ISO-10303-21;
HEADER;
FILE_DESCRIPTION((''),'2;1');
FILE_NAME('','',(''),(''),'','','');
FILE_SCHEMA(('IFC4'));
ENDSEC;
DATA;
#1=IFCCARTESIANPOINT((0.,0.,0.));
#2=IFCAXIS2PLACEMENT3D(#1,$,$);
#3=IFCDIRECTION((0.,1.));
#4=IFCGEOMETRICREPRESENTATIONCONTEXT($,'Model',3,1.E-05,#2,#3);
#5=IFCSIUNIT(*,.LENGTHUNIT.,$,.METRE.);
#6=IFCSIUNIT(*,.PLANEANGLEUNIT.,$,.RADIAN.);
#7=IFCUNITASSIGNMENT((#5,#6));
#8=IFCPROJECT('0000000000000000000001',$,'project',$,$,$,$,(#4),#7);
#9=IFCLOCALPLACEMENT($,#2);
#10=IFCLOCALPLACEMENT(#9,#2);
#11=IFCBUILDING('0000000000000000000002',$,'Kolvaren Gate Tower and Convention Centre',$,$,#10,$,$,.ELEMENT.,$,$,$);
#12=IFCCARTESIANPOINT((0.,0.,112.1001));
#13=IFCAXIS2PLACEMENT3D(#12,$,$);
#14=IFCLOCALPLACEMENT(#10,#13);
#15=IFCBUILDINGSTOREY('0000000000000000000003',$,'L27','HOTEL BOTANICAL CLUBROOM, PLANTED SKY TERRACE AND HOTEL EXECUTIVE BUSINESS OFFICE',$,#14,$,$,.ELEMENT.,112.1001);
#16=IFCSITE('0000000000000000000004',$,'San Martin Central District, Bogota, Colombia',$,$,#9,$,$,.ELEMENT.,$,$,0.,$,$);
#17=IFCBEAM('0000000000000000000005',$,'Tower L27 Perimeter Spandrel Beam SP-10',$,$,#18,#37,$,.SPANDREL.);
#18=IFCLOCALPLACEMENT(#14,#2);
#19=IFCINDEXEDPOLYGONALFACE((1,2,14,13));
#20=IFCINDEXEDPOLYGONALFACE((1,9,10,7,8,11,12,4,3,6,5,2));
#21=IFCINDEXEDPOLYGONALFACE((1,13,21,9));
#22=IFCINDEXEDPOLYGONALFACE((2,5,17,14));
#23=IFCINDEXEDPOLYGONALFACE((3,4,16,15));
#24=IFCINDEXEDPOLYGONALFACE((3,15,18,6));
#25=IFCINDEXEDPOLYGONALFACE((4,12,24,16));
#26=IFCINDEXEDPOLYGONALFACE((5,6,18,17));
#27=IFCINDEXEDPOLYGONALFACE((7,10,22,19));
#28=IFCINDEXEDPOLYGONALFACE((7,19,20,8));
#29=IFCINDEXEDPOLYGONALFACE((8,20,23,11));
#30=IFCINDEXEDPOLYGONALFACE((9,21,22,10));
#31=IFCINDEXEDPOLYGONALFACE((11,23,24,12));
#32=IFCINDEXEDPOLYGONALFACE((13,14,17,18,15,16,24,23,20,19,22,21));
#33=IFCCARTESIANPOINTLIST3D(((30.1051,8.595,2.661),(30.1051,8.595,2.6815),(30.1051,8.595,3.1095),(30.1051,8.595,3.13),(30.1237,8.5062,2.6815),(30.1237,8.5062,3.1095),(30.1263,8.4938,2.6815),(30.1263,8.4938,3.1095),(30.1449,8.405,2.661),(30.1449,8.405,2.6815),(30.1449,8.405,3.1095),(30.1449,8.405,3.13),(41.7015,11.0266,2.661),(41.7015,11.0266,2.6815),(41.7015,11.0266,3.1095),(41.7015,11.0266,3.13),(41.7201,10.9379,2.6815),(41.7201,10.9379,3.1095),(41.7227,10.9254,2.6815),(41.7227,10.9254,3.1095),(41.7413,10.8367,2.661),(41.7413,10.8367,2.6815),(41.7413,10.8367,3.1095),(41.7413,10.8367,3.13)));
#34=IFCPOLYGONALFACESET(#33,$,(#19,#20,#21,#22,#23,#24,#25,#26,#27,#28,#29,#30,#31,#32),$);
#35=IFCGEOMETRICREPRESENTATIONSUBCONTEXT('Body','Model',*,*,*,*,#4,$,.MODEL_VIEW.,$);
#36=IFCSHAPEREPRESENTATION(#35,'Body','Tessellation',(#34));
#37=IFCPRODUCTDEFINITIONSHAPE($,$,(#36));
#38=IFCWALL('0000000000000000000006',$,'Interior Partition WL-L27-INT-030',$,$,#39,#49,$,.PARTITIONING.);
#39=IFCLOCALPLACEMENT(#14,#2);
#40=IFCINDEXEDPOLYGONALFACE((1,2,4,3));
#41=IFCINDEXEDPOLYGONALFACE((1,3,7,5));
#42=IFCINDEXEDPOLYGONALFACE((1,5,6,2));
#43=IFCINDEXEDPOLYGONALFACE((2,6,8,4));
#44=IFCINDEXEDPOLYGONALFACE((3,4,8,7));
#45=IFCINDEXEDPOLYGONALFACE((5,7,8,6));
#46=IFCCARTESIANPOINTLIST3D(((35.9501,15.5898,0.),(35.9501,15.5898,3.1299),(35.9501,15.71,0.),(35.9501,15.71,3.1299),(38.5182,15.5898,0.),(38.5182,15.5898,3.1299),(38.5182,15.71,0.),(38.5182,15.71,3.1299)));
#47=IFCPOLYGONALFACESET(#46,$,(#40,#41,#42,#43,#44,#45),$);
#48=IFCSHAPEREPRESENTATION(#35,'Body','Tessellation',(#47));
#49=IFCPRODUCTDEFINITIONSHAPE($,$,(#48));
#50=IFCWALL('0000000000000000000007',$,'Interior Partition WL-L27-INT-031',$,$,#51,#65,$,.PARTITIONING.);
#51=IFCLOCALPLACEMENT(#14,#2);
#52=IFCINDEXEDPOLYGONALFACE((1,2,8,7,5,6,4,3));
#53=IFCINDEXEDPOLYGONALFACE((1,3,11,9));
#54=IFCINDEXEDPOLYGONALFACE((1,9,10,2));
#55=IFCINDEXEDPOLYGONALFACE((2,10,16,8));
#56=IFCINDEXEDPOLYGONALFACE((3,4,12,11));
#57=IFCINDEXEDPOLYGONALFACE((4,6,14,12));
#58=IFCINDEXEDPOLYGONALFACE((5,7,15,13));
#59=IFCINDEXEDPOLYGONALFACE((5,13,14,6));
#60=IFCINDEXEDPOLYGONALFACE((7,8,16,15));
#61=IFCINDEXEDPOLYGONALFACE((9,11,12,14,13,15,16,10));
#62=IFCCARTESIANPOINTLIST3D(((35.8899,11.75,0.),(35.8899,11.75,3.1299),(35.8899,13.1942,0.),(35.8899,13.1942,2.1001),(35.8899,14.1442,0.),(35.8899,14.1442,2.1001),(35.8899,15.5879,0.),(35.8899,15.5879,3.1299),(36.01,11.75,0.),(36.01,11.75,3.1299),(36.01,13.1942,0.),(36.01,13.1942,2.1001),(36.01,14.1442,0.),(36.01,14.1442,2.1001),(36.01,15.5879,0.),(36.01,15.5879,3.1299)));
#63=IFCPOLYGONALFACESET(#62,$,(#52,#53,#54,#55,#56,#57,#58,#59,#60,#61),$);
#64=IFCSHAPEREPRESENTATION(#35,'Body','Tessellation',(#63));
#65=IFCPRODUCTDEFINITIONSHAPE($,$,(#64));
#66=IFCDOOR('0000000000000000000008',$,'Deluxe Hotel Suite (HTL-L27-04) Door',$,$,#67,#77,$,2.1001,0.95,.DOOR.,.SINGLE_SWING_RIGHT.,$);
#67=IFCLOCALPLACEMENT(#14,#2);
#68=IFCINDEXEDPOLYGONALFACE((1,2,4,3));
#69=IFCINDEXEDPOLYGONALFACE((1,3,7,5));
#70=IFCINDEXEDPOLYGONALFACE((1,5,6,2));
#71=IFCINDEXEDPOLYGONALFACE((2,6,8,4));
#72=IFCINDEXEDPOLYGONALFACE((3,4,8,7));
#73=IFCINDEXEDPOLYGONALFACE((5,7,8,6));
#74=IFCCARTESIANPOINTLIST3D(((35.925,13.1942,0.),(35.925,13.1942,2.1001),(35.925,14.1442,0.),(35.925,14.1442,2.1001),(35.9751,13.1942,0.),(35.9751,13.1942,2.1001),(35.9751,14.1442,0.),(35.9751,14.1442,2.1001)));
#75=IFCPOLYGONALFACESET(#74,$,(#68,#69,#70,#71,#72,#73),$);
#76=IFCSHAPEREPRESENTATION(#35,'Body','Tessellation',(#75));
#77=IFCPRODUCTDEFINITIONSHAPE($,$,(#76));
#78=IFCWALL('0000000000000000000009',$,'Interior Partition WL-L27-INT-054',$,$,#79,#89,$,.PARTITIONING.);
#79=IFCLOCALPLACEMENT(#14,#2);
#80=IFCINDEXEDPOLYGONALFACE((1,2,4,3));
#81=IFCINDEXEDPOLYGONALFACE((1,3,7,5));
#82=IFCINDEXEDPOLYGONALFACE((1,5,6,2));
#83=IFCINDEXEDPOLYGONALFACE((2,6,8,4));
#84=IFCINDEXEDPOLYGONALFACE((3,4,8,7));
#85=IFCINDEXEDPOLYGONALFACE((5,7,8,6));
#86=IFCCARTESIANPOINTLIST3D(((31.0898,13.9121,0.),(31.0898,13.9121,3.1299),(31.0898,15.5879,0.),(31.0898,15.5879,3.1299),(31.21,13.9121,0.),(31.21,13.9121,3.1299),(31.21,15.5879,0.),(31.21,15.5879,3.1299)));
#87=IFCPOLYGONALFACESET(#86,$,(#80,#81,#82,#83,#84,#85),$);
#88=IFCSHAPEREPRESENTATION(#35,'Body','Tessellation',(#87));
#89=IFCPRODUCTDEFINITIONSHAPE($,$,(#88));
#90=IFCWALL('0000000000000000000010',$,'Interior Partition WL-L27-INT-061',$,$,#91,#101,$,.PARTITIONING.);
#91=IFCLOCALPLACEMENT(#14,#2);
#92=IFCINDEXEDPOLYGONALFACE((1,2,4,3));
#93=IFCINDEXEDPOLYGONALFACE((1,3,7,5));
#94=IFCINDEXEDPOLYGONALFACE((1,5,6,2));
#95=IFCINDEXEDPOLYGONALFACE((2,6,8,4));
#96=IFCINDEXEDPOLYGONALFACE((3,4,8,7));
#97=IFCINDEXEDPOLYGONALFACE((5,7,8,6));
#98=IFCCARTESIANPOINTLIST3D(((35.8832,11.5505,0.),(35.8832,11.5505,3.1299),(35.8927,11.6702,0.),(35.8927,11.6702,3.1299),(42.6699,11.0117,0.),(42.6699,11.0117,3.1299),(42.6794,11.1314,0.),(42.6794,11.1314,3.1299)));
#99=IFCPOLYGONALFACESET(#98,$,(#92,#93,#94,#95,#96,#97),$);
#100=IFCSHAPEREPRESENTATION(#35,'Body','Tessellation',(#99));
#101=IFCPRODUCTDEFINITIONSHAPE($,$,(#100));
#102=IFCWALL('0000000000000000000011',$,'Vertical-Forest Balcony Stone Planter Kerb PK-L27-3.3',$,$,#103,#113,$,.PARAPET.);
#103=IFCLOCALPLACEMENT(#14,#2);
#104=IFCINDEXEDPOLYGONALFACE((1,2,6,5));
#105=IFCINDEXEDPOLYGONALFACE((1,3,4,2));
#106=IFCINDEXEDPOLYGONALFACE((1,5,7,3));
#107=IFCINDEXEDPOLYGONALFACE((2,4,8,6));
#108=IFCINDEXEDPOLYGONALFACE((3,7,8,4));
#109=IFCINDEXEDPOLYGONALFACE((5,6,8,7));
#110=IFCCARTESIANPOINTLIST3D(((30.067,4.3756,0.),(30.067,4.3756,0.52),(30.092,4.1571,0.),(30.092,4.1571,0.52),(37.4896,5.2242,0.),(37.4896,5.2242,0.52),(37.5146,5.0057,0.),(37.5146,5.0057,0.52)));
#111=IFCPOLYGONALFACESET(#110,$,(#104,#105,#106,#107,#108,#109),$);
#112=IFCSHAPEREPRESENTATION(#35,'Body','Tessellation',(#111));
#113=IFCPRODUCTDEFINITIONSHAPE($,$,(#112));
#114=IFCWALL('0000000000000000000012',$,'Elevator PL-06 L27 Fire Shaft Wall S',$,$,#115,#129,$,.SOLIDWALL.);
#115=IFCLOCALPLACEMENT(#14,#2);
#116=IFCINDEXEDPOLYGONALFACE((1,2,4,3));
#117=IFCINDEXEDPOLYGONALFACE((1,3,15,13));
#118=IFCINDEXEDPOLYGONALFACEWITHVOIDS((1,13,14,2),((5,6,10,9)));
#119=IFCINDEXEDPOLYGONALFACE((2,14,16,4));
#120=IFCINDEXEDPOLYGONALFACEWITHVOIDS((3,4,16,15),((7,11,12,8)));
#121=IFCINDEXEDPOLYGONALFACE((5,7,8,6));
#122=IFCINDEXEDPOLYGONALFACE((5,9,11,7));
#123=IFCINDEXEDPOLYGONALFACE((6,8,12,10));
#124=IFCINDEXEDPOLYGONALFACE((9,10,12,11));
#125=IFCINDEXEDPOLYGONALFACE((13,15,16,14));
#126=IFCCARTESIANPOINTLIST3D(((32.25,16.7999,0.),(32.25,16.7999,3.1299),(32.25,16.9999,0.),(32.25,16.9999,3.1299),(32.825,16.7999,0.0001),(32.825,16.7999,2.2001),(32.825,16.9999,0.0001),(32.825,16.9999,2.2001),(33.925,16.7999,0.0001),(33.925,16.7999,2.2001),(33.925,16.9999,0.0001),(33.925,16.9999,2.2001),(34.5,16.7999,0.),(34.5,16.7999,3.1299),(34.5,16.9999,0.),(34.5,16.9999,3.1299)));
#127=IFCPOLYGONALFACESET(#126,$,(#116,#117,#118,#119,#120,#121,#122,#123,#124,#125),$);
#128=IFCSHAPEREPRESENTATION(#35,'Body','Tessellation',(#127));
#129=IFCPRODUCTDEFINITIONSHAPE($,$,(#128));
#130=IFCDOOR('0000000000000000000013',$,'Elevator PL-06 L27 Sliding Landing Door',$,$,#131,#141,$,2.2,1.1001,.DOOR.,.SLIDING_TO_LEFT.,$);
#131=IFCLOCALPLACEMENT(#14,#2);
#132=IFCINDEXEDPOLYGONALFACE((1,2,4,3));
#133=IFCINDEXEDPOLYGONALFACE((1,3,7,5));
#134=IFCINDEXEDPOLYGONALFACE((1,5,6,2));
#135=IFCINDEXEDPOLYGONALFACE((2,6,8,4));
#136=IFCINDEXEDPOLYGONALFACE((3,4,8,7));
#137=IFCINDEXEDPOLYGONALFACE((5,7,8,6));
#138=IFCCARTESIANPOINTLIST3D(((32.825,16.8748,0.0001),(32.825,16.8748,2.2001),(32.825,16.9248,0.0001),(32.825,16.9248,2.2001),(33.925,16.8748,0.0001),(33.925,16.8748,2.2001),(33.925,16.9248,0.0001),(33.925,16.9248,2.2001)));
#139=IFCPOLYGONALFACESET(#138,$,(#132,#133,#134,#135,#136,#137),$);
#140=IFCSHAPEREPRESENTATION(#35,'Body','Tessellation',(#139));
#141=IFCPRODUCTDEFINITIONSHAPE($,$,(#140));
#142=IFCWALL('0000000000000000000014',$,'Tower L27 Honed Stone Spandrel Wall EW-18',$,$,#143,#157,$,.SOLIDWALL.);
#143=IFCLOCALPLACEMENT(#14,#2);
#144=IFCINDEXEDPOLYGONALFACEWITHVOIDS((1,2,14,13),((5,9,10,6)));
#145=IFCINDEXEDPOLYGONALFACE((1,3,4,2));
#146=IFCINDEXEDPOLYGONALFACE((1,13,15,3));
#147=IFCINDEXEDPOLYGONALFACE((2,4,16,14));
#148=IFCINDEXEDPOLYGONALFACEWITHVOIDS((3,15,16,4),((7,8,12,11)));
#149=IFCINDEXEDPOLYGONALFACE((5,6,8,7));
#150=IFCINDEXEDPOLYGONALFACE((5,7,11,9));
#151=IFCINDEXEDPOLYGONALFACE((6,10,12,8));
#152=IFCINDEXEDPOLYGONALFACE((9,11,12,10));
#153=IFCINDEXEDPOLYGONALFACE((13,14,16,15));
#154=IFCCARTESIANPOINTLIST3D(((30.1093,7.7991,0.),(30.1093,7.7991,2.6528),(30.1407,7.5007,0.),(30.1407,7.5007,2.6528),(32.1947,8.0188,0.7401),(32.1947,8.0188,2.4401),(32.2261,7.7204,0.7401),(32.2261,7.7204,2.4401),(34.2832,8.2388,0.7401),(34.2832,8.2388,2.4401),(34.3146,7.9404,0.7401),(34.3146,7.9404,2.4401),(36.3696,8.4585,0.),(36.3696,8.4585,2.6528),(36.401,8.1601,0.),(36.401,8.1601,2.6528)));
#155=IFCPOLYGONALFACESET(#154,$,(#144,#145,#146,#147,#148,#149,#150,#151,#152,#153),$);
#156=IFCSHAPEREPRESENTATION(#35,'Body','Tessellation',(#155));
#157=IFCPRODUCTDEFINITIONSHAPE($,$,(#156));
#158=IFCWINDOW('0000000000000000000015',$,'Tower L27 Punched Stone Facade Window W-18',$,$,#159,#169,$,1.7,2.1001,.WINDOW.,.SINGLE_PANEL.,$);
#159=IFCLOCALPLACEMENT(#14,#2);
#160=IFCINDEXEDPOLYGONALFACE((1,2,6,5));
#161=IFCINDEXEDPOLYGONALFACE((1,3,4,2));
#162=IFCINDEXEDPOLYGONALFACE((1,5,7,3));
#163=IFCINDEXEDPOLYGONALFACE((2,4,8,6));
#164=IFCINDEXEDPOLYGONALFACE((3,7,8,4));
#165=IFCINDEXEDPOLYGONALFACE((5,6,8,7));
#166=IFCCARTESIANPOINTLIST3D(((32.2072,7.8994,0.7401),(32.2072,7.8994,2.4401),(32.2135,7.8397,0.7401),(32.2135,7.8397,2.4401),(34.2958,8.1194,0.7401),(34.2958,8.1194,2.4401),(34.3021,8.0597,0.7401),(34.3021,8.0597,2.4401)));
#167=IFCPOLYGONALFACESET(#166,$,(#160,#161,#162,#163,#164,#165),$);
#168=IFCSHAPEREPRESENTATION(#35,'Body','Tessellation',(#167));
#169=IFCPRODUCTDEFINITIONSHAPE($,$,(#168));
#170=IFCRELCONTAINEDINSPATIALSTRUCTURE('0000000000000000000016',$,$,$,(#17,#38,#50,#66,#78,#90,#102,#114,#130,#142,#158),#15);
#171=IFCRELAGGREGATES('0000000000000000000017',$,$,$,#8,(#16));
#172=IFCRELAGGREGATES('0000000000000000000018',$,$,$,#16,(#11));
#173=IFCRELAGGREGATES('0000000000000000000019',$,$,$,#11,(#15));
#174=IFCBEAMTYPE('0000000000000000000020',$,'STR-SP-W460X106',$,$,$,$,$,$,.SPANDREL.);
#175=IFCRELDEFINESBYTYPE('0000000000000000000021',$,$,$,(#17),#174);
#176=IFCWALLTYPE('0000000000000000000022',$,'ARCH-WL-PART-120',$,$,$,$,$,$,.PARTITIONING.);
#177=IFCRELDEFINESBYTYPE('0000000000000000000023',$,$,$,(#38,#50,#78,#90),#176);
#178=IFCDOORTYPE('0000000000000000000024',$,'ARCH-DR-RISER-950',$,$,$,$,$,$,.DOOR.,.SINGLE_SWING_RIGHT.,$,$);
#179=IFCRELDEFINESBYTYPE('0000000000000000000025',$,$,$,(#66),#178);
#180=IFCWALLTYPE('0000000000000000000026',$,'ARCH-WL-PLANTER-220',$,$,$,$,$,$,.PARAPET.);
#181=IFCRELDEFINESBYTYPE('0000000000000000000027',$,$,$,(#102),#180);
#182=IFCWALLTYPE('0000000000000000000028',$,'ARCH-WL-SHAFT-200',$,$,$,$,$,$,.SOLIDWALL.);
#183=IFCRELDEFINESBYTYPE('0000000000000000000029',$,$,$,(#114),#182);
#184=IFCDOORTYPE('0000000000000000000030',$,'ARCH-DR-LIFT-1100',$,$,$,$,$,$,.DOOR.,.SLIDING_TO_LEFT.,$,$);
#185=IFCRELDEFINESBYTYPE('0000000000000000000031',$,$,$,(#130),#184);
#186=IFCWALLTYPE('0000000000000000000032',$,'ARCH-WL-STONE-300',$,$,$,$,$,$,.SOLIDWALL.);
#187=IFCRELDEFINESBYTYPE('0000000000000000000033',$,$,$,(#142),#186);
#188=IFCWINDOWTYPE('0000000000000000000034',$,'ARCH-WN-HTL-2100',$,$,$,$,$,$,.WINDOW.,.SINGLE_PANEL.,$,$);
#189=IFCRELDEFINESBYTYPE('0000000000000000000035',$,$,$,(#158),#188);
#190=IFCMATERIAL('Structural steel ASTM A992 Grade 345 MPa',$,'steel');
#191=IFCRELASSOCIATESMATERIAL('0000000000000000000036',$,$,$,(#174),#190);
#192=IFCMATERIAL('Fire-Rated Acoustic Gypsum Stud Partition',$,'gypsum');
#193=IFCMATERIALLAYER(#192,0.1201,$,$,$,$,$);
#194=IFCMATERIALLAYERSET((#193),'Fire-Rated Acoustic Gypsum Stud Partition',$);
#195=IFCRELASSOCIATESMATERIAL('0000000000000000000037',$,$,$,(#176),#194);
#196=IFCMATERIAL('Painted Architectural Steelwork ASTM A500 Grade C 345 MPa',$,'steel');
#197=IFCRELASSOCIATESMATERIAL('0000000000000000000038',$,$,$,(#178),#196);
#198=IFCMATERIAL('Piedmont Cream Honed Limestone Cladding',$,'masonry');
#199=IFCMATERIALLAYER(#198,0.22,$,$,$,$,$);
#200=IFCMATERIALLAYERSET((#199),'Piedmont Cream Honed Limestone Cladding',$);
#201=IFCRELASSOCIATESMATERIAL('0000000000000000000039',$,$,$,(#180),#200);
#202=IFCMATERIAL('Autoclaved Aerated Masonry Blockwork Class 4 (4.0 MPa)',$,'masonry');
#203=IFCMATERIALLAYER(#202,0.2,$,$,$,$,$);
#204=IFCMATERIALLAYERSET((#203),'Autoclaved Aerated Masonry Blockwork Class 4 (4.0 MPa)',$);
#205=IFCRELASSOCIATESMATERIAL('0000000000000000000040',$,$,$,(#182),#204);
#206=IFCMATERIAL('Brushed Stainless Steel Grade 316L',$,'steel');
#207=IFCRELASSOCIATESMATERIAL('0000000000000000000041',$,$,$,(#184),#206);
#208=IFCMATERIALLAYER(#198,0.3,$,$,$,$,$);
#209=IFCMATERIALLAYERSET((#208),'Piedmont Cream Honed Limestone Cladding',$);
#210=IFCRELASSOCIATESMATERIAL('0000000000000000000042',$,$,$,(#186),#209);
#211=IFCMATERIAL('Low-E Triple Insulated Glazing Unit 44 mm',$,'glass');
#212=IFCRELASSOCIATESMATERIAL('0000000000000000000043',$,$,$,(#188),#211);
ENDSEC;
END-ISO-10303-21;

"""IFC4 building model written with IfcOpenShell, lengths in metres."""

from ifc_helpers import new_model, si_unit, direction, frame, frame_2d, origin, origin_2d, place, context, subcontext, project, spatial, rectangle, i_section, extrude, material, layer, layer_set, material_profile, profile_set, type_object, element, fill, save


model = new_model("IFC4")

# Units and contexts
model_context = context("Model", 3, precision=1e-05, world=origin(), true_north=direction((0.0, 1.0)))
body_context = subcontext(model_context, "Body", "Model", "MODEL_VIEW")
ifc_project = project(units=[si_unit("LENGTHUNIT", "METRE"), si_unit("PLANEANGLEUNIT", "RADIAN")], contexts=[model_context])

# Site, building, storey
site_placement = place(None, origin())
site = spatial("IfcSite", under=ifc_project, at=site_placement, Name="San Martin Central District, Bogota, Colombia", CompositionType="ELEMENT", RefElevation=0.0)
building_placement = place(site_placement, origin())
building = spatial("IfcBuilding", under=site, at=building_placement, Name="Kolvaren Gate Tower and Convention Centre", CompositionType="ELEMENT")
storey_placement = place(building_placement, frame((0.0, 0.0, 112.1001)))
storey = spatial("IfcBuildingStorey", under=building, at=storey_placement, Name="L27", Description="HOTEL BOTANICAL CLUBROOM, PLANTED SKY TERRACE AND HOTEL EXECUTIVE BUSINESS OFFICE", CompositionType="ELEMENT", Elevation=112.1001)

# Beam
ifc_material_1 = material(Name="Structural steel ASTM A992 Grade 345 MPa", Category="steel")
ifc_material_profile_1 = material_profile(ifc_material_1, i_section(OverallWidth=0.1941, OverallDepth=0.469, WebThickness=0.0127, FlangeThickness=0.0205, at=origin_2d()), Name="W460X106")
ifc_profile_set_1 = profile_set([ifc_material_profile_1], Name="Structural steel ASTM A992 Grade 345 MPa")
beam_type_1 = type_object("IfcBeamType", Name="STR-SP-W460X106", PredefinedType="SPANDREL", material=ifc_profile_set_1)
beam_1_placement = place(storey_placement, frame((30.125, 8.5, 2.8955), z_axis=(0.978715, 0.205225, 0.0), x_axis=(-0.205225, 0.978715, 0.0)))
element("IfcBeam", 1, at=beam_1_placement, inside=storey, type_object=beam_type_1, Name="Tower L27 Perimeter Spandrel Beam SP-10", PredefinedType="SPANDREL", context=body_context, shape_type="SweptSolid", body=[
    extrude(i_section(OverallWidth=0.1941, OverallDepth=0.469, WebThickness=0.0127, FlangeThickness=0.0205, at=origin_2d()), origin(), (0.0, 0.0, 1.0), 11.8486),
])

# Wall
ifc_material_2 = material(Name="Fire-Rated Acoustic Gypsum Stud Partition", Category="gypsum")
ifc_layer_1 = layer(ifc_material_2, 0.1201)
ifc_layer_set_1 = layer_set([ifc_layer_1], Name="Fire-Rated Acoustic Gypsum Stud Partition")
wall_type_1 = type_object("IfcWallType", Name="ARCH-WL-PART-120", PredefinedType="PARTITIONING", material=ifc_layer_set_1)
wall_1_placement = place(storey_placement, frame((35.95, 15.6499, 0.0), z_axis=(0.0, 0.0, 1.0), x_axis=(1.0, 0.0, 0.0)))
element("IfcWall", 2, at=wall_1_placement, inside=storey, type_object=wall_type_1, Name="Interior Partition WL-L27-INT-030", PredefinedType="PARTITIONING", context=body_context, shape_type="SweptSolid", body=[
    extrude(rectangle(XDim=2.5681, YDim=0.1201, at=frame_2d((1.2842, 0.0))), origin(), (0.0, 0.0, 1.0), 3.1299),
])

# Wall, opening, door
wall_2_placement = place(storey_placement, frame((35.95, 11.75, 0.0), z_axis=(0.0, 0.0, 1.0), x_axis=(0.0, 1.0, 0.0)))
wall_2 = element("IfcWall", 3, at=wall_2_placement, inside=storey, type_object=wall_type_1, Name="Interior Partition WL-L27-INT-031", PredefinedType="PARTITIONING", context=body_context, shape_type="SweptSolid", body=[
    extrude(rectangle(XDim=3.8379, YDim=0.1201, at=frame_2d((1.9189, 0.0))), origin(), (0.0, 0.0, 1.0), 3.1299),
])
opening_1_placement = place(wall_2_placement, frame((1.4441, 0.0, 0.0)))
opening_1 = element("IfcOpeningElement", 4, at=opening_1_placement, cuts=wall_2, PredefinedType="OPENING", context=body_context, shape_type="SweptSolid", body=[
    extrude(rectangle(XDim=0.95, YDim=2.1001, at=frame_2d((0.4751, 1.05))), frame((0.0, 0.0701, 0.0), z_axis=(0.0, -1.0, 0.0), x_axis=(1.0, 0.0, 0.0)), (0.0, 0.0, 1.0), 0.1401),
])
ifc_material_3 = material(Name="Painted Architectural Steelwork ASTM A500 Grade C 345 MPa", Category="steel")
door_type_1 = type_object("IfcDoorType", Name="ARCH-DR-RISER-950", OperationType="SINGLE_SWING_RIGHT", PredefinedType="DOOR", material=ifc_material_3)
door_1_placement = place(opening_1_placement, origin())
door_1 = element("IfcDoor", 5, at=door_1_placement, inside=storey, type_object=door_type_1, Name="Deluxe Hotel Suite (HTL-L27-04) Door", OperationType="SINGLE_SWING_RIGHT", OverallHeight=2.1001, OverallWidth=0.95, PredefinedType="DOOR", context=body_context, shape_type="SweptSolid", body=[
    extrude(rectangle(XDim=0.95, YDim=2.1001, at=frame_2d((0.4751, 1.05))), frame((0.0, 0.0249, 0.0), z_axis=(0.0, -1.0, 0.0), x_axis=(1.0, 0.0, 0.0)), (0.0, 0.0, 1.0), 0.05),
])
fill(opening_1, door_1)

# Walls
wall_3_placement = place(storey_placement, frame((31.1499, 13.9121, 0.0), z_axis=(0.0, 0.0, 1.0), x_axis=(0.0, 1.0, 0.0)))
element("IfcWall", 6, at=wall_3_placement, inside=storey, type_object=wall_type_1, Name="Interior Partition WL-L27-INT-054", PredefinedType="PARTITIONING", context=body_context, shape_type="SweptSolid", body=[
    extrude(rectangle(XDim=1.6758, YDim=0.1201, at=frame_2d((0.8379, 0.0))), origin(), (0.0, 0.0, 1.0), 3.1299),
])
wall_4_placement = place(storey_placement, frame((35.8879, 11.6104, 0.0), z_axis=(0.0, 0.0, 1.0), x_axis=(0.996863, -0.079142, 0.0)))
element("IfcWall", 7, at=wall_4_placement, inside=storey, type_object=wall_type_1, Name="Interior Partition WL-L27-INT-061", PredefinedType="PARTITIONING", context=body_context, shape_type="SweptSolid", body=[
    extrude(rectangle(XDim=6.8081, YDim=0.1201, at=frame_2d((3.4041, 0.0))), origin(), (0.0, 0.0, 1.0), 3.1299),
])
ifc_material_4 = material(Name="Piedmont Cream Honed Limestone Cladding", Category="masonry")
ifc_layer_2 = layer(ifc_material_4, 0.22)
ifc_layer_set_2 = layer_set([ifc_layer_2], Name="Piedmont Cream Honed Limestone Cladding")
wall_type_2 = type_object("IfcWallType", Name="ARCH-WL-PLANTER-220", PredefinedType="PARAPET", material=ifc_layer_set_2)
wall_5_placement = place(storey_placement, frame((30.0796, 4.2664, 0.0), z_axis=(0.0, 0.0, 1.0), x_axis=(0.993528, 0.113591, 0.0)))
element("IfcWall", 8, at=wall_5_placement, inside=storey, type_object=wall_type_2, Name="Vertical-Forest Balcony Stone Planter Kerb PK-L27-3.3", PredefinedType="PARAPET", context=body_context, shape_type="SweptSolid", body=[
    extrude(rectangle(XDim=7.4709, YDim=0.22, at=frame_2d((3.7354, 0.0))), origin(), (0.0, 0.0, 1.0), 0.52),
])

# Wall, opening, door
ifc_material_5 = material(Name="Autoclaved Aerated Masonry Blockwork Class 4 (4.0 MPa)", Category="masonry")
ifc_layer_3 = layer(ifc_material_5, 0.2)
ifc_layer_set_3 = layer_set([ifc_layer_3], Name="Autoclaved Aerated Masonry Blockwork Class 4 (4.0 MPa)")
wall_type_3 = type_object("IfcWallType", Name="ARCH-WL-SHAFT-200", PredefinedType="SOLIDWALL", material=ifc_layer_set_3)
wall_6_placement = place(storey_placement, frame((32.25, 16.8999, 0.0), z_axis=(0.0, 0.0, 1.0), x_axis=(1.0, 0.0, 0.0)))
wall_6 = element("IfcWall", 9, at=wall_6_placement, inside=storey, type_object=wall_type_3, Name="Elevator PL-06 L27 Fire Shaft Wall S", PredefinedType="SOLIDWALL", context=body_context, shape_type="SweptSolid", body=[
    extrude(rectangle(XDim=2.25, YDim=0.2, at=frame_2d((1.125, 0.0))), origin(), (0.0, 0.0, 1.0), 3.1299),
])
opening_2_placement = place(wall_6_placement, frame((0.575, 0.0, 0.0)))
opening_2 = element("IfcOpeningElement", 10, at=opening_2_placement, cuts=wall_6, PredefinedType="OPENING", context=body_context, shape_type="SweptSolid", body=[
    extrude(rectangle(XDim=1.1001, YDim=2.2, at=frame_2d((0.55, 1.1001))), frame((0.0, 0.1099, 0.0), z_axis=(0.0, -1.0, 0.0), x_axis=(1.0, 0.0, 0.0)), (0.0, 0.0, 1.0), 0.22),
])
ifc_material_6 = material(Name="Brushed Stainless Steel Grade 316L", Category="steel")
door_type_2 = type_object("IfcDoorType", Name="ARCH-DR-LIFT-1100", OperationType="SLIDING_TO_LEFT", PredefinedType="DOOR", material=ifc_material_6)
door_2_placement = place(opening_2_placement, origin())
door_2 = element("IfcDoor", 11, at=door_2_placement, inside=storey, type_object=door_type_2, Name="Elevator PL-06 L27 Sliding Landing Door", OperationType="SLIDING_TO_LEFT", OverallHeight=2.2, OverallWidth=1.1001, PredefinedType="DOOR", context=body_context, shape_type="SweptSolid", body=[
    extrude(rectangle(XDim=1.1001, YDim=2.2, at=frame_2d((0.55, 1.1001))), frame((0.0, 0.0249, 0.0), z_axis=(0.0, -1.0, 0.0), x_axis=(1.0, 0.0, 0.0)), (0.0, 0.0, 1.0), 0.05),
])
fill(opening_2, door_2)

# Wall, opening, window
ifc_layer_4 = layer(ifc_material_4, 0.3)
ifc_layer_set_4 = layer_set([ifc_layer_4], Name="Piedmont Cream Honed Limestone Cladding")
wall_type_4 = type_object("IfcWallType", Name="ARCH-WL-STONE-300", PredefinedType="SOLIDWALL", material=ifc_layer_set_4)
wall_7_placement = place(storey_placement, frame((30.125, 7.6499, 0.0), z_axis=(0.0, 0.0, 1.0), x_axis=(0.994498, 0.104755, 0.0)))
wall_7 = element("IfcWall", 12, at=wall_7_placement, inside=storey, type_object=wall_type_4, Name="Tower L27 Honed Stone Spandrel Wall EW-18", PredefinedType="SOLIDWALL", context=body_context, shape_type="SweptSolid", body=[
    extrude(rectangle(XDim=6.2949, YDim=0.3, at=frame_2d((3.1475, 0.0))), origin(), (0.0, 0.0, 1.0), 2.6528),
])
opening_3_placement = place(wall_7_placement, frame((2.0969, 0.0, 0.74)))
opening_3 = element("IfcOpeningElement", 13, at=opening_3_placement, cuts=wall_7, PredefinedType="OPENING", context=body_context, shape_type="SweptSolid", body=[
    extrude(rectangle(XDim=2.1001, YDim=1.7, at=frame_2d((1.05, 0.8501))), frame((0.0, 0.1599, 0.0), z_axis=(0.0, -1.0, 0.0), x_axis=(1.0, 0.0, 0.0)), (0.0, 0.0, 1.0), 0.3201),
])
ifc_material_7 = material(Name="Low-E Triple Insulated Glazing Unit 44 mm", Category="glass")
window_type = type_object("IfcWindowType", Name="ARCH-WN-HTL-2100", PartitioningType="SINGLE_PANEL", PredefinedType="WINDOW", material=ifc_material_7)
window_1_placement = place(opening_3_placement, origin())
window_1 = element("IfcWindow", 14, at=window_1_placement, inside=storey, type_object=window_type, Name="Tower L27 Punched Stone Facade Window W-18", OverallHeight=1.7, OverallWidth=2.1001, PartitioningType="SINGLE_PANEL", PredefinedType="WINDOW", context=body_context, shape_type="SweptSolid", body=[
    extrude(rectangle(XDim=2.1001, YDim=1.7, at=frame_2d((1.05, 0.8501))), frame((0.0, 0.03, 0.0), z_axis=(0.0, -1.0, 0.0), x_axis=(1.0, 0.0, 0.0)), (0.0, 0.0, 1.0), 0.0601),
])
fill(opening_3, window_1)

save(model, "model.ifc")
